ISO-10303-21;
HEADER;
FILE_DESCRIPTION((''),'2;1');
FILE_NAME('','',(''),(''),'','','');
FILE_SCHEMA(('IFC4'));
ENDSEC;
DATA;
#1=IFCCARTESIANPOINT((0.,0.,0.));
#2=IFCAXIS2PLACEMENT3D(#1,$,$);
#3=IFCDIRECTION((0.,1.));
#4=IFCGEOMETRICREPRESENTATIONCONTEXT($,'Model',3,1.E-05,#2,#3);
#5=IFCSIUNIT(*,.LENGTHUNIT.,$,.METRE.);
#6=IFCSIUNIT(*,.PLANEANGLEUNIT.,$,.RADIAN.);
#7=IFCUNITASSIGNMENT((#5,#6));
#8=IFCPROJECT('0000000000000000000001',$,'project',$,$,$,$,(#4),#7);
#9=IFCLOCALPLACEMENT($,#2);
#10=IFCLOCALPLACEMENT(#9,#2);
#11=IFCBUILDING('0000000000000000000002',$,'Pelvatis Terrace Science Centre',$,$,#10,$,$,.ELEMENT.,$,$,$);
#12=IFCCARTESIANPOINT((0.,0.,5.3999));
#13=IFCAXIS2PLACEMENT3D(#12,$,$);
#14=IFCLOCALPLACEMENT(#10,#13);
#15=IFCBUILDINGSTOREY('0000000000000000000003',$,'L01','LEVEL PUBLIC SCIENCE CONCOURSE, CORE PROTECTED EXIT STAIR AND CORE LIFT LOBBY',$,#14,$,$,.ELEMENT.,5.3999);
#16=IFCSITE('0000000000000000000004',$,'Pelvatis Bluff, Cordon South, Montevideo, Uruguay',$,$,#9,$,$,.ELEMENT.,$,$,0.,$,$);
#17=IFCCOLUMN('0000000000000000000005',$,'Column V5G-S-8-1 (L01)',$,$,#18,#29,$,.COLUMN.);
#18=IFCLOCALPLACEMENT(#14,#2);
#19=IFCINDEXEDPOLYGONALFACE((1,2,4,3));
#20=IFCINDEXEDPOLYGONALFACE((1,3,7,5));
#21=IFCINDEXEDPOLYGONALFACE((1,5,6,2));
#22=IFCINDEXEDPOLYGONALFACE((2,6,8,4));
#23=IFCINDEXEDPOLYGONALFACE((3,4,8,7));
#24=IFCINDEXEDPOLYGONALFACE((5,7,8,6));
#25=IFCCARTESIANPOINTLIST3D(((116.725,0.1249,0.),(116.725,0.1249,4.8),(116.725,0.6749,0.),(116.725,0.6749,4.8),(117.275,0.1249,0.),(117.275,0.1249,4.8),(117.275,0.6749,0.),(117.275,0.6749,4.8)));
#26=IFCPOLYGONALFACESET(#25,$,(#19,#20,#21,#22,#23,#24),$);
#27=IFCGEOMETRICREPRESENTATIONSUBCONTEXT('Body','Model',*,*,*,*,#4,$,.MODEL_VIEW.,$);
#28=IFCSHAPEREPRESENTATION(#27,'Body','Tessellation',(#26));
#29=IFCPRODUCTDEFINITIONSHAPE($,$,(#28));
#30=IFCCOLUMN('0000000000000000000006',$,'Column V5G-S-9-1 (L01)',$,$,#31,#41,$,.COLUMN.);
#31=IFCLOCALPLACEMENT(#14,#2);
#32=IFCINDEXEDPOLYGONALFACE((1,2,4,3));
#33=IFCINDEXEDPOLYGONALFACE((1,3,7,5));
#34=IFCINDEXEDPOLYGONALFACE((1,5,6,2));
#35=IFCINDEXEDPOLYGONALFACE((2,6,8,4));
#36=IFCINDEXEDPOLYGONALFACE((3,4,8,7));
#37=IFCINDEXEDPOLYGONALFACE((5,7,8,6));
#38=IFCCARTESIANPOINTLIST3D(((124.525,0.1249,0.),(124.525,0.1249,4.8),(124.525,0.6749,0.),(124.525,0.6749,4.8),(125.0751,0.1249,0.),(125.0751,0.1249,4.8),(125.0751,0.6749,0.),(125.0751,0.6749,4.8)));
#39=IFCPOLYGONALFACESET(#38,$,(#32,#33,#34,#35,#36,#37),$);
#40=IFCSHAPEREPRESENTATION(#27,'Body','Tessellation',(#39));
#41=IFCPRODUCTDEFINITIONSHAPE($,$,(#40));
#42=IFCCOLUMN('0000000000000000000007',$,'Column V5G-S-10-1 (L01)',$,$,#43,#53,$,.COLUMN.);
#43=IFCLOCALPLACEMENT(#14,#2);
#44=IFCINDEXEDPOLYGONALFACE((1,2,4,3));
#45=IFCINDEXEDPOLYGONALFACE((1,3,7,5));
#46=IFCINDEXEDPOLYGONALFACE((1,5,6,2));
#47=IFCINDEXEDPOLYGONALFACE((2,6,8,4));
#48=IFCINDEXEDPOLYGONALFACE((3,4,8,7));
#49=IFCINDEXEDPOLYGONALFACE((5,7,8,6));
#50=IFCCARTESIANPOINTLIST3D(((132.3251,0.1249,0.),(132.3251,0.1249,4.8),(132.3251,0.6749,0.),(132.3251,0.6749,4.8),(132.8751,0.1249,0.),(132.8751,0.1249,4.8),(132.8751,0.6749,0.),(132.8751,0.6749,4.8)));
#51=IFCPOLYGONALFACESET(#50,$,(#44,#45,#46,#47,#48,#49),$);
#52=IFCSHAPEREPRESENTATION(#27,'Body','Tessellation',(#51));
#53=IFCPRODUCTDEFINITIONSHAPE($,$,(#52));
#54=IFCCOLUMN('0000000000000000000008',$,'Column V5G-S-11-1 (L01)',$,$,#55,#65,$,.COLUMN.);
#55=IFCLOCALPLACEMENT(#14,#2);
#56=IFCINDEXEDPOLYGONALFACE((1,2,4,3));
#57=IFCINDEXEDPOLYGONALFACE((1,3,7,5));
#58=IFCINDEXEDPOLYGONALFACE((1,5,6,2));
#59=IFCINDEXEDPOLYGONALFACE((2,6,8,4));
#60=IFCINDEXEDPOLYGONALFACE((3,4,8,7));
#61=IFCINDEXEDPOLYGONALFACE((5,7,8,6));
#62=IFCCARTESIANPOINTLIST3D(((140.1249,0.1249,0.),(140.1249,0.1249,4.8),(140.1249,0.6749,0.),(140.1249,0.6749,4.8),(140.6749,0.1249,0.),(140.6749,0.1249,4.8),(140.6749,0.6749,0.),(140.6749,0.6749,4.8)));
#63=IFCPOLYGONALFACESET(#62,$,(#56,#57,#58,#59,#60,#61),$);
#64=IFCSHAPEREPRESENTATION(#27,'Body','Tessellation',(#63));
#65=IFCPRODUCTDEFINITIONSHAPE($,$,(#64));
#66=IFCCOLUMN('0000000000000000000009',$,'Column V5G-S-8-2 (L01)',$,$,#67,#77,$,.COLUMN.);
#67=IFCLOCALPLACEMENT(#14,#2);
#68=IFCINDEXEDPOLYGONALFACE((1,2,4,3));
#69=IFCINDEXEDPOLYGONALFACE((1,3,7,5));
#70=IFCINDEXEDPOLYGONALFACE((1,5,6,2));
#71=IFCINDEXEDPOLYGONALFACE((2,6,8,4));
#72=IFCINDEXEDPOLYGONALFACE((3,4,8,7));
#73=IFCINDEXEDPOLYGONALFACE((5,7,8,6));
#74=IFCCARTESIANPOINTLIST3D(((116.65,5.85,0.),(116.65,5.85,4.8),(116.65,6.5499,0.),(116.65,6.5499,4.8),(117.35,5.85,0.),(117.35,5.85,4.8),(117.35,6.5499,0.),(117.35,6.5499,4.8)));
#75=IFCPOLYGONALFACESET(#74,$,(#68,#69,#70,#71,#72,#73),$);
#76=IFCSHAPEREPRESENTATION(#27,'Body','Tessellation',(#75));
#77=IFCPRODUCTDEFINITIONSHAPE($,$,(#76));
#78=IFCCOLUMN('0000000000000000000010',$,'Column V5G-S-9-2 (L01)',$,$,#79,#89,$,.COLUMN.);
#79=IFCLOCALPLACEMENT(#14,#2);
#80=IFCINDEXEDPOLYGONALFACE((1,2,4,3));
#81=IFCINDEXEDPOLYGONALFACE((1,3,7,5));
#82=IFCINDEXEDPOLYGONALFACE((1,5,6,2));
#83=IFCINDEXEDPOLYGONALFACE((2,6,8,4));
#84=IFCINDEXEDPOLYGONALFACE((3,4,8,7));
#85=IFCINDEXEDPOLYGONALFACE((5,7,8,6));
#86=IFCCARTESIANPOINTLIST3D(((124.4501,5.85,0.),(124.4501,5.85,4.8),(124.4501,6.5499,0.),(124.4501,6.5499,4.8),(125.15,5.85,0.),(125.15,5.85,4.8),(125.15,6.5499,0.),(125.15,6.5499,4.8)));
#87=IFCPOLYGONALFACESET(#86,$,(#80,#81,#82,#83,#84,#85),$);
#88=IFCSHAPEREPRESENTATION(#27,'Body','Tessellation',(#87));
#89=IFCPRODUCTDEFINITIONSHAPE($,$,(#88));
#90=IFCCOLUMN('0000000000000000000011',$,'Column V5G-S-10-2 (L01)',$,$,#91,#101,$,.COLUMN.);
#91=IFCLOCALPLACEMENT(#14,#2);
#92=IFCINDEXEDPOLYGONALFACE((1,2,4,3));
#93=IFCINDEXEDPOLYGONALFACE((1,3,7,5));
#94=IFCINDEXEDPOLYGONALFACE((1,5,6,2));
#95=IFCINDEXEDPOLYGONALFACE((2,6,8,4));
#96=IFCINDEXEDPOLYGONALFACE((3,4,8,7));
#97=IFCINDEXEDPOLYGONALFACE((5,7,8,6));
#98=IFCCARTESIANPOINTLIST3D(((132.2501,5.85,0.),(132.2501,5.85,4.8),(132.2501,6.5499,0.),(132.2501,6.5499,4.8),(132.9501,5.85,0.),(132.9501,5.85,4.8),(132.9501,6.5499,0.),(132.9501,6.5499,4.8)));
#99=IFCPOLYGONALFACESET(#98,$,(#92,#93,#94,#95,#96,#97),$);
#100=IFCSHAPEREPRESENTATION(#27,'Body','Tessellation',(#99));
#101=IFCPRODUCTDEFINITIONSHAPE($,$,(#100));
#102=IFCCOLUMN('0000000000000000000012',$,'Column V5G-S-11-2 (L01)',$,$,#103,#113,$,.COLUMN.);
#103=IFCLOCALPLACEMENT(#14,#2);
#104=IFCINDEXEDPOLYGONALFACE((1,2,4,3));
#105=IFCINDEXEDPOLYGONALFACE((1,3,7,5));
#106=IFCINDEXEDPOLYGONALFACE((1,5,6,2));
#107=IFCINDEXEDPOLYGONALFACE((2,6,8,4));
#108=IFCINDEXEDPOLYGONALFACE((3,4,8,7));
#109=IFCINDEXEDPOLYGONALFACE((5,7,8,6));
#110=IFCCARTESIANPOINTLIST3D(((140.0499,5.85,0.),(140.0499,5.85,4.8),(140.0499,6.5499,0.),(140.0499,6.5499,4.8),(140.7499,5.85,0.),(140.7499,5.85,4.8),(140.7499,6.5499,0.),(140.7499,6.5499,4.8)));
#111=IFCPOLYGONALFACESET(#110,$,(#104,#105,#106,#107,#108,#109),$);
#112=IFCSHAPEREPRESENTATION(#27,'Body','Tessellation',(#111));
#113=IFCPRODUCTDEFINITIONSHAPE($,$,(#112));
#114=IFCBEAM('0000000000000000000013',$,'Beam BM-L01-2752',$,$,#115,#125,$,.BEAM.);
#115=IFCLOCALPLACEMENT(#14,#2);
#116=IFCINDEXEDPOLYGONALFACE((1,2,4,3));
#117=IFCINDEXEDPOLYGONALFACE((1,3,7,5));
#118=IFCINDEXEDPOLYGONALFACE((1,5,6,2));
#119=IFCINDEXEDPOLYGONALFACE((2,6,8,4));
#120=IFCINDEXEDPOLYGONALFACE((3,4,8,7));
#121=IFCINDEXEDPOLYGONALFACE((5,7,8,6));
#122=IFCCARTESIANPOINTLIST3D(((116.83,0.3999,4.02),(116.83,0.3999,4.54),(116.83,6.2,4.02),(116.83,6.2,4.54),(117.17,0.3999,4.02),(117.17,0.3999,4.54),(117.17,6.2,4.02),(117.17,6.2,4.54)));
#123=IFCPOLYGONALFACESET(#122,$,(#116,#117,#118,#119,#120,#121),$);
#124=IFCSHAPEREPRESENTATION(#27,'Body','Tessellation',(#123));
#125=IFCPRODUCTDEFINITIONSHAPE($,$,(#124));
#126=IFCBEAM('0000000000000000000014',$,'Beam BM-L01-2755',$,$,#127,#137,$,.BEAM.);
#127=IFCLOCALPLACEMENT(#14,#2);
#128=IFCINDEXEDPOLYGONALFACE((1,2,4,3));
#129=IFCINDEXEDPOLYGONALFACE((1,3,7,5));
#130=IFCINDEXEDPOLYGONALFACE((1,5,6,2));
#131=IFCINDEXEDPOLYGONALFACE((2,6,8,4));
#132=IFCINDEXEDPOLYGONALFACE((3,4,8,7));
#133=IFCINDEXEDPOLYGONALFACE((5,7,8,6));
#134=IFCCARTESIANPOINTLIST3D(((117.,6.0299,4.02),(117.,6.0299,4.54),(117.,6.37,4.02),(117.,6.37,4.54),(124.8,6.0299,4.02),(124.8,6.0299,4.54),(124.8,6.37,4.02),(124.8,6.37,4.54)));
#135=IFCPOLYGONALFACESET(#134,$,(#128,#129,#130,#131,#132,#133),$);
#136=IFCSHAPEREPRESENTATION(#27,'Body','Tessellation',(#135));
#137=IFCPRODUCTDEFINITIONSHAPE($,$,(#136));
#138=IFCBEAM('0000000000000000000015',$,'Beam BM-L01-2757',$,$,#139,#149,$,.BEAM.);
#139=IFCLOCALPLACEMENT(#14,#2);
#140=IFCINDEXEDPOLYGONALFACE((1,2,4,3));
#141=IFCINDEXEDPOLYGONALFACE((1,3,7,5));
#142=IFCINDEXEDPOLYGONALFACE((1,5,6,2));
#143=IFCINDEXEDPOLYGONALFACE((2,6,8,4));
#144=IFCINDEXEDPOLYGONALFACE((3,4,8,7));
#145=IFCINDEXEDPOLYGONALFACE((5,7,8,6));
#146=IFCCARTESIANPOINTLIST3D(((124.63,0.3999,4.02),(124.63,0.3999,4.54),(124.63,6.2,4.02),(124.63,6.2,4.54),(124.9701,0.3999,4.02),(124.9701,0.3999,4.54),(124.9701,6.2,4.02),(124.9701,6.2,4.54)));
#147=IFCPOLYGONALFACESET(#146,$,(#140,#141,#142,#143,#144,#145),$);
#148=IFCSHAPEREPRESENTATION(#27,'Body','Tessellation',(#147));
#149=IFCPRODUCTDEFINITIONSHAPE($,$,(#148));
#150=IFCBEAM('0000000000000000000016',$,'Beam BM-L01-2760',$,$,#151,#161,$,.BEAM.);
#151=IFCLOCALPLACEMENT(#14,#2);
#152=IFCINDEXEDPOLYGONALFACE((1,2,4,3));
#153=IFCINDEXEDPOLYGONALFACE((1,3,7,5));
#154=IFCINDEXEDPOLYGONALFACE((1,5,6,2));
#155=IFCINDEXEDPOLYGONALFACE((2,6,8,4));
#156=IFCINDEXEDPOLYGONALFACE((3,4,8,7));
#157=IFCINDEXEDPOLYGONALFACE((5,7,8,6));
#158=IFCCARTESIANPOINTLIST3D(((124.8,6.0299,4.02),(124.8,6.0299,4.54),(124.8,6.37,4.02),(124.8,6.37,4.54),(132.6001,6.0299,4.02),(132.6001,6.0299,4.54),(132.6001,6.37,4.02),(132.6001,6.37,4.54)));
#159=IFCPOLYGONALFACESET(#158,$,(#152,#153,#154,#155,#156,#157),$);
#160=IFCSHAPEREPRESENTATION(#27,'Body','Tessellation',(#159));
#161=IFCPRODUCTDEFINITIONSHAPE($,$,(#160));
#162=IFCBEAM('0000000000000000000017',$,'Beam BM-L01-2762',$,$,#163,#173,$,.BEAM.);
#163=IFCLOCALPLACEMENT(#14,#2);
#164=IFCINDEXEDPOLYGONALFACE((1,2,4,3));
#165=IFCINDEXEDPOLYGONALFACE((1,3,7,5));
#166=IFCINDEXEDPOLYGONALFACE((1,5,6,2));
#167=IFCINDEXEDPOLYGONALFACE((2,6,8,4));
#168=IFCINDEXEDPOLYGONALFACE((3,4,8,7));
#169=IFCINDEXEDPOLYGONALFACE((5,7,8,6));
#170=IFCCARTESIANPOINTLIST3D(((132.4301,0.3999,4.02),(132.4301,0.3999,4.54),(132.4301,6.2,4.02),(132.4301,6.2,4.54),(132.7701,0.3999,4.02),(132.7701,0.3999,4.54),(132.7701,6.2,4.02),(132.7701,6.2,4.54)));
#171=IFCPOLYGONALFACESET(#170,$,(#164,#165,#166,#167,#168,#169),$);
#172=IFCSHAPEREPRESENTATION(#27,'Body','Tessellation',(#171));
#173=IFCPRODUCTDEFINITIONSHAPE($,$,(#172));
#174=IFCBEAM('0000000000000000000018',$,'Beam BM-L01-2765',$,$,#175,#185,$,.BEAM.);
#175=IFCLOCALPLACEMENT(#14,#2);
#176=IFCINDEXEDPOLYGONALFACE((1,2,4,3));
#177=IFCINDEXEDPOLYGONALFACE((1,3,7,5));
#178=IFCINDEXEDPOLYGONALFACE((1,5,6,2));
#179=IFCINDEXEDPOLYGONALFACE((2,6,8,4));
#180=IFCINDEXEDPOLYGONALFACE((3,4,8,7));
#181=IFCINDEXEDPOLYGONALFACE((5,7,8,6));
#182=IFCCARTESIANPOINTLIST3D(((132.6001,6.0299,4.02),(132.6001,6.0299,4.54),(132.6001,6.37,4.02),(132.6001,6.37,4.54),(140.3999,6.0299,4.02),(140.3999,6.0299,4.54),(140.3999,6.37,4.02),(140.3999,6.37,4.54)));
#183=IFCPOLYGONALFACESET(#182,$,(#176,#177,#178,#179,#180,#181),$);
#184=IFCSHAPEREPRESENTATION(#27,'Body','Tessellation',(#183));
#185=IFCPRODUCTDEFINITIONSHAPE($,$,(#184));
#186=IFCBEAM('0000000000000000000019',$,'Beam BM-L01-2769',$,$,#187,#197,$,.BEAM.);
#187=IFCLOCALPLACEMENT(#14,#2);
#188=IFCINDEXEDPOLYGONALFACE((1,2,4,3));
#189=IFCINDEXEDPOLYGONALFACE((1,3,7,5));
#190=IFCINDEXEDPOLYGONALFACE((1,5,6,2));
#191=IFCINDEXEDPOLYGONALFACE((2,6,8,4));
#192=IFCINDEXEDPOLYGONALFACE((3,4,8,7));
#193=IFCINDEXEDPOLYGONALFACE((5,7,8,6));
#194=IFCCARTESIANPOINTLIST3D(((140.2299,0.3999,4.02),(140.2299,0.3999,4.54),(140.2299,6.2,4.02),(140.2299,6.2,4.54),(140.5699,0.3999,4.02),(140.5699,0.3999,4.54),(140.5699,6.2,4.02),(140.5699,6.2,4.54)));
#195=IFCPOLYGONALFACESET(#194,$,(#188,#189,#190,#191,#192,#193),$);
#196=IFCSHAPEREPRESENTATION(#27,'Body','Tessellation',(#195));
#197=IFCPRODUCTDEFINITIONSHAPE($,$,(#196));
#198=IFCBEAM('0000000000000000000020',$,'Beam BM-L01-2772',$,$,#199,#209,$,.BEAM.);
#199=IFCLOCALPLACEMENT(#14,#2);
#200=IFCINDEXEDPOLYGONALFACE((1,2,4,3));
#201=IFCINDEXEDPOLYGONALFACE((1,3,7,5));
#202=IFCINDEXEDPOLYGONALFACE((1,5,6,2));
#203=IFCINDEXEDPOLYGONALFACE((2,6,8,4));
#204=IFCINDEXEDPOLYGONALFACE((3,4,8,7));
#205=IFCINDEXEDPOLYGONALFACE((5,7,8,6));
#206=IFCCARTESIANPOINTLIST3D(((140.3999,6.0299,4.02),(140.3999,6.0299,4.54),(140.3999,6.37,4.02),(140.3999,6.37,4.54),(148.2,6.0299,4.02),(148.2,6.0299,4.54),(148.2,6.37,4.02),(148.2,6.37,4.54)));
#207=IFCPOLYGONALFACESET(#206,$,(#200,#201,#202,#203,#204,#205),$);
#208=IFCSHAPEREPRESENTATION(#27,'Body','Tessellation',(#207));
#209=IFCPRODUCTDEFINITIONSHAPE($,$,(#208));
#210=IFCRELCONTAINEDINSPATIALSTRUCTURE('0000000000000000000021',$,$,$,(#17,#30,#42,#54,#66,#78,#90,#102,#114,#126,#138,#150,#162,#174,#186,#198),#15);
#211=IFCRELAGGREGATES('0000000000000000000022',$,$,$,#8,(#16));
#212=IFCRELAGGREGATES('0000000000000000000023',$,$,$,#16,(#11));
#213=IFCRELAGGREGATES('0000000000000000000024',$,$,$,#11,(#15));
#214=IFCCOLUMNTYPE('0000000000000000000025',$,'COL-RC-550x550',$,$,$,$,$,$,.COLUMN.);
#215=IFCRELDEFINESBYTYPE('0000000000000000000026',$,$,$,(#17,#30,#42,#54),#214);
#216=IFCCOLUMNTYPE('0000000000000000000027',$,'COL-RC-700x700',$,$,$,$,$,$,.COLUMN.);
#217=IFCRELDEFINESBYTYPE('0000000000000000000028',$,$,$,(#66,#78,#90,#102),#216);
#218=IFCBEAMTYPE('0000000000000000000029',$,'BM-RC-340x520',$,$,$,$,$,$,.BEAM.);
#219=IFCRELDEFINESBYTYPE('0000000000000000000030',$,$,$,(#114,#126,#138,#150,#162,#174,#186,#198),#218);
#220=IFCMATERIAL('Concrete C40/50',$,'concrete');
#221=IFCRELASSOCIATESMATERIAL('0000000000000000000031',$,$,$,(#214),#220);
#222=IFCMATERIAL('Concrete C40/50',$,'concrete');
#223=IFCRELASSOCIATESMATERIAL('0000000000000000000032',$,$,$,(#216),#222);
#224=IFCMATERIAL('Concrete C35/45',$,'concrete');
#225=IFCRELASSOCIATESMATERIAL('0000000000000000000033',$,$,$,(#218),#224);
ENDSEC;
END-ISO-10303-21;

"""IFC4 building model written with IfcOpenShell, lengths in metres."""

from ifc_helpers import new_model, si_unit, direction, frame, origin, origin_2d, place, context, subcontext, project, spatial, rectangle, extrude, material, material_profile, profile_set, type_object, element, save


model = new_model("IFC4")

# Units and contexts
model_context = context("Model", 3, precision=1e-05, world=origin(), true_north=direction((0.0, 1.0)))
body_context = subcontext(model_context, "Body", "Model", "MODEL_VIEW")
ifc_project = project(units=[si_unit("LENGTHUNIT", "METRE"), si_unit("PLANEANGLEUNIT", "RADIAN")], contexts=[model_context])

# Site, building, storey
site_placement = place(None, origin())
site = spatial("IfcSite", under=ifc_project, at=site_placement, Name="Pelvatis Bluff, Cordon South, Montevideo, Uruguay", CompositionType="ELEMENT", RefElevation=0.0)
building_placement = place(site_placement, origin())
building = spatial("IfcBuilding", under=site, at=building_placement, Name="Pelvatis Terrace Science Centre", CompositionType="ELEMENT")
storey_placement = place(building_placement, frame((0.0, 0.0, 5.3999)))
storey = spatial("IfcBuildingStorey", under=building, at=storey_placement, Name="L01", Description="LEVEL PUBLIC SCIENCE CONCOURSE, CORE PROTECTED EXIT STAIR AND CORE LIFT LOBBY", CompositionType="ELEMENT", Elevation=5.3999)

# Columns
ifc_material_1 = material(Name="Concrete C40/50", Category="concrete")
ifc_material_profile_1 = material_profile(ifc_material_1, rectangle(XDim=0.55, YDim=0.55, at=origin_2d()), Name="RC-COL 550x550")
ifc_profile_set_1 = profile_set([ifc_material_profile_1], Name="Concrete C40/50")
column_type_1 = type_object("IfcColumnType", Name="COL-RC-550x550", PredefinedType="COLUMN", material=ifc_profile_set_1)
for number, where, z_axis, x_axis, name in (
    (1, (117.0, 0.3999, 0.0), (0.0, 0.0, 1.0), (1.0, 0.0, 0.0), "Column V5G-S-8-1 (L01)"),
    (2, (124.8, 0.3999, 0.0), (0.0, 0.0, 1.0), (1.0, 0.0, 0.0), "Column V5G-S-9-1 (L01)"),
    (3, (132.6001, 0.3999, 0.0), (0.0, 0.0, 1.0), (1.0, 0.0, 0.0), "Column V5G-S-10-1 (L01)"),
    (4, (140.3999, 0.3999, 0.0), (0.0, 0.0, 1.0), (1.0, 0.0, 0.0), "Column V5G-S-11-1 (L01)"),
):
    element("IfcColumn", number, at=place(storey_placement, frame(where, z_axis=z_axis, x_axis=x_axis)), inside=storey, type_object=column_type_1, Name=name, PredefinedType="COLUMN", context=body_context, shape_type="SweptSolid", body=[
        extrude(rectangle(XDim=0.55, YDim=0.55, at=origin_2d()), origin(), (0.0, 0.0, 1.0), 4.8),
    ])
ifc_material_2 = material(Name="Concrete C40/50", Category="concrete")
ifc_material_profile_2 = material_profile(ifc_material_2, rectangle(XDim=0.7, YDim=0.7, at=origin_2d()), Name="RC-COL 700x700")
ifc_profile_set_2 = profile_set([ifc_material_profile_2], Name="Concrete C40/50")
column_type_2 = type_object("IfcColumnType", Name="COL-RC-700x700", PredefinedType="COLUMN", material=ifc_profile_set_2)
for number, where, z_axis, x_axis, name in (
    (5, (117.0, 6.2, 0.0), (0.0, 0.0, 1.0), (1.0, 0.0, 0.0), "Column V5G-S-8-2 (L01)"),
    (6, (124.8, 6.2, 0.0), (0.0, 0.0, 1.0), (1.0, 0.0, 0.0), "Column V5G-S-9-2 (L01)"),
    (7, (132.6001, 6.2, 0.0), (0.0, 0.0, 1.0), (1.0, 0.0, 0.0), "Column V5G-S-10-2 (L01)"),
    (8, (140.3999, 6.2, 0.0), (0.0, 0.0, 1.0), (1.0, 0.0, 0.0), "Column V5G-S-11-2 (L01)"),
):
    element("IfcColumn", number, at=place(storey_placement, frame(where, z_axis=z_axis, x_axis=x_axis)), inside=storey, type_object=column_type_2, Name=name, PredefinedType="COLUMN", context=body_context, shape_type="SweptSolid", body=[
        extrude(rectangle(XDim=0.7, YDim=0.7, at=origin_2d()), origin(), (0.0, 0.0, 1.0), 4.8),
    ])

# Beams
ifc_material_3 = material(Name="Concrete C35/45", Category="concrete")
ifc_material_profile_3 = material_profile(ifc_material_3, rectangle(XDim=0.3401, YDim=0.52, at=origin_2d()), Name="RC-BM 340x520")
ifc_profile_set_3 = profile_set([ifc_material_profile_3], Name="Concrete C35/45")
beam_type_1 = type_object("IfcBeamType", Name="BM-RC-340x520", PredefinedType="BEAM", material=ifc_profile_set_3)
beam_1_placement = place(storey_placement, frame((117.0, 0.3999, 4.28), z_axis=(0.0, 1.0, 0.0), x_axis=(-1.0, 0.0, 0.0)))
element("IfcBeam", 9, at=beam_1_placement, inside=storey, type_object=beam_type_1, Name="Beam BM-L01-2752", PredefinedType="BEAM", context=body_context, shape_type="SweptSolid", body=[
    extrude(rectangle(XDim=0.3401, YDim=0.52, at=origin_2d()), origin(), (0.0, 0.0, 1.0), 5.8),
])
beam_2_placement = place(storey_placement, frame((117.0, 6.2, 4.28), z_axis=(1.0, 0.0, 0.0), x_axis=(0.0, 1.0, 0.0)))
element("IfcBeam", 10, at=beam_2_placement, inside=storey, type_object=beam_type_1, Name="Beam BM-L01-2755", PredefinedType="BEAM", context=body_context, shape_type="SweptSolid", body=[
    extrude(rectangle(XDim=0.3401, YDim=0.52, at=origin_2d()), origin(), (0.0, 0.0, 1.0), 7.8),
])
beam_3_placement = place(storey_placement, frame((124.8, 0.3999, 4.28), z_axis=(0.0, 1.0, 0.0), x_axis=(-1.0, 0.0, 0.0)))
element("IfcBeam", 11, at=beam_3_placement, inside=storey, type_object=beam_type_1, Name="Beam BM-L01-2757", PredefinedType="BEAM", context=body_context, shape_type="SweptSolid", body=[
    extrude(rectangle(XDim=0.3401, YDim=0.52, at=origin_2d()), origin(), (0.0, 0.0, 1.0), 5.8),
])
beam_4_placement = place(storey_placement, frame((124.8, 6.2, 4.28), z_axis=(1.0, 0.0, 0.0), x_axis=(0.0, 1.0, 0.0)))
element("IfcBeam", 12, at=beam_4_placement, inside=storey, type_object=beam_type_1, Name="Beam BM-L01-2760", PredefinedType="BEAM", context=body_context, shape_type="SweptSolid", body=[
    extrude(rectangle(XDim=0.3401, YDim=0.52, at=origin_2d()), origin(), (0.0, 0.0, 1.0), 7.8),
])
beam_5_placement = place(storey_placement, frame((132.6001, 0.3999, 4.28), z_axis=(0.0, 1.0, 0.0), x_axis=(-1.0, 0.0, 0.0)))
element("IfcBeam", 13, at=beam_5_placement, inside=storey, type_object=beam_type_1, Name="Beam BM-L01-2762", PredefinedType="BEAM", context=body_context, shape_type="SweptSolid", body=[
    extrude(rectangle(XDim=0.3401, YDim=0.52, at=origin_2d()), origin(), (0.0, 0.0, 1.0), 5.8),
])
beam_6_placement = place(storey_placement, frame((132.6001, 6.2, 4.28), z_axis=(1.0, 0.0, 0.0), x_axis=(0.0, 1.0, 0.0)))
element("IfcBeam", 14, at=beam_6_placement, inside=storey, type_object=beam_type_1, Name="Beam BM-L01-2765", PredefinedType="BEAM", context=body_context, shape_type="SweptSolid", body=[
    extrude(rectangle(XDim=0.3401, YDim=0.52, at=origin_2d()), origin(), (0.0, 0.0, 1.0), 7.7998),
])
beam_7_placement = place(storey_placement, frame((140.3999, 0.3999, 4.28), z_axis=(0.0, 1.0, 0.0), x_axis=(-1.0, 0.0, 0.0)))
element("IfcBeam", 15, at=beam_7_placement, inside=storey, type_object=beam_type_1, Name="Beam BM-L01-2769", PredefinedType="BEAM", context=body_context, shape_type="SweptSolid", body=[
    extrude(rectangle(XDim=0.3401, YDim=0.52, at=origin_2d()), origin(), (0.0, 0.0, 1.0), 5.8),
])
beam_8_placement = place(storey_placement, frame((140.3999, 6.2, 4.28), z_axis=(1.0, 0.0, 0.0), x_axis=(0.0, 1.0, 0.0)))
element("IfcBeam", 16, at=beam_8_placement, inside=storey, type_object=beam_type_1, Name="Beam BM-L01-2772", PredefinedType="BEAM", context=body_context, shape_type="SweptSolid", body=[
    extrude(rectangle(XDim=0.3401, YDim=0.52, at=origin_2d()), origin(), (0.0, 0.0, 1.0), 7.8),
])

save(model, "model.ifc")
